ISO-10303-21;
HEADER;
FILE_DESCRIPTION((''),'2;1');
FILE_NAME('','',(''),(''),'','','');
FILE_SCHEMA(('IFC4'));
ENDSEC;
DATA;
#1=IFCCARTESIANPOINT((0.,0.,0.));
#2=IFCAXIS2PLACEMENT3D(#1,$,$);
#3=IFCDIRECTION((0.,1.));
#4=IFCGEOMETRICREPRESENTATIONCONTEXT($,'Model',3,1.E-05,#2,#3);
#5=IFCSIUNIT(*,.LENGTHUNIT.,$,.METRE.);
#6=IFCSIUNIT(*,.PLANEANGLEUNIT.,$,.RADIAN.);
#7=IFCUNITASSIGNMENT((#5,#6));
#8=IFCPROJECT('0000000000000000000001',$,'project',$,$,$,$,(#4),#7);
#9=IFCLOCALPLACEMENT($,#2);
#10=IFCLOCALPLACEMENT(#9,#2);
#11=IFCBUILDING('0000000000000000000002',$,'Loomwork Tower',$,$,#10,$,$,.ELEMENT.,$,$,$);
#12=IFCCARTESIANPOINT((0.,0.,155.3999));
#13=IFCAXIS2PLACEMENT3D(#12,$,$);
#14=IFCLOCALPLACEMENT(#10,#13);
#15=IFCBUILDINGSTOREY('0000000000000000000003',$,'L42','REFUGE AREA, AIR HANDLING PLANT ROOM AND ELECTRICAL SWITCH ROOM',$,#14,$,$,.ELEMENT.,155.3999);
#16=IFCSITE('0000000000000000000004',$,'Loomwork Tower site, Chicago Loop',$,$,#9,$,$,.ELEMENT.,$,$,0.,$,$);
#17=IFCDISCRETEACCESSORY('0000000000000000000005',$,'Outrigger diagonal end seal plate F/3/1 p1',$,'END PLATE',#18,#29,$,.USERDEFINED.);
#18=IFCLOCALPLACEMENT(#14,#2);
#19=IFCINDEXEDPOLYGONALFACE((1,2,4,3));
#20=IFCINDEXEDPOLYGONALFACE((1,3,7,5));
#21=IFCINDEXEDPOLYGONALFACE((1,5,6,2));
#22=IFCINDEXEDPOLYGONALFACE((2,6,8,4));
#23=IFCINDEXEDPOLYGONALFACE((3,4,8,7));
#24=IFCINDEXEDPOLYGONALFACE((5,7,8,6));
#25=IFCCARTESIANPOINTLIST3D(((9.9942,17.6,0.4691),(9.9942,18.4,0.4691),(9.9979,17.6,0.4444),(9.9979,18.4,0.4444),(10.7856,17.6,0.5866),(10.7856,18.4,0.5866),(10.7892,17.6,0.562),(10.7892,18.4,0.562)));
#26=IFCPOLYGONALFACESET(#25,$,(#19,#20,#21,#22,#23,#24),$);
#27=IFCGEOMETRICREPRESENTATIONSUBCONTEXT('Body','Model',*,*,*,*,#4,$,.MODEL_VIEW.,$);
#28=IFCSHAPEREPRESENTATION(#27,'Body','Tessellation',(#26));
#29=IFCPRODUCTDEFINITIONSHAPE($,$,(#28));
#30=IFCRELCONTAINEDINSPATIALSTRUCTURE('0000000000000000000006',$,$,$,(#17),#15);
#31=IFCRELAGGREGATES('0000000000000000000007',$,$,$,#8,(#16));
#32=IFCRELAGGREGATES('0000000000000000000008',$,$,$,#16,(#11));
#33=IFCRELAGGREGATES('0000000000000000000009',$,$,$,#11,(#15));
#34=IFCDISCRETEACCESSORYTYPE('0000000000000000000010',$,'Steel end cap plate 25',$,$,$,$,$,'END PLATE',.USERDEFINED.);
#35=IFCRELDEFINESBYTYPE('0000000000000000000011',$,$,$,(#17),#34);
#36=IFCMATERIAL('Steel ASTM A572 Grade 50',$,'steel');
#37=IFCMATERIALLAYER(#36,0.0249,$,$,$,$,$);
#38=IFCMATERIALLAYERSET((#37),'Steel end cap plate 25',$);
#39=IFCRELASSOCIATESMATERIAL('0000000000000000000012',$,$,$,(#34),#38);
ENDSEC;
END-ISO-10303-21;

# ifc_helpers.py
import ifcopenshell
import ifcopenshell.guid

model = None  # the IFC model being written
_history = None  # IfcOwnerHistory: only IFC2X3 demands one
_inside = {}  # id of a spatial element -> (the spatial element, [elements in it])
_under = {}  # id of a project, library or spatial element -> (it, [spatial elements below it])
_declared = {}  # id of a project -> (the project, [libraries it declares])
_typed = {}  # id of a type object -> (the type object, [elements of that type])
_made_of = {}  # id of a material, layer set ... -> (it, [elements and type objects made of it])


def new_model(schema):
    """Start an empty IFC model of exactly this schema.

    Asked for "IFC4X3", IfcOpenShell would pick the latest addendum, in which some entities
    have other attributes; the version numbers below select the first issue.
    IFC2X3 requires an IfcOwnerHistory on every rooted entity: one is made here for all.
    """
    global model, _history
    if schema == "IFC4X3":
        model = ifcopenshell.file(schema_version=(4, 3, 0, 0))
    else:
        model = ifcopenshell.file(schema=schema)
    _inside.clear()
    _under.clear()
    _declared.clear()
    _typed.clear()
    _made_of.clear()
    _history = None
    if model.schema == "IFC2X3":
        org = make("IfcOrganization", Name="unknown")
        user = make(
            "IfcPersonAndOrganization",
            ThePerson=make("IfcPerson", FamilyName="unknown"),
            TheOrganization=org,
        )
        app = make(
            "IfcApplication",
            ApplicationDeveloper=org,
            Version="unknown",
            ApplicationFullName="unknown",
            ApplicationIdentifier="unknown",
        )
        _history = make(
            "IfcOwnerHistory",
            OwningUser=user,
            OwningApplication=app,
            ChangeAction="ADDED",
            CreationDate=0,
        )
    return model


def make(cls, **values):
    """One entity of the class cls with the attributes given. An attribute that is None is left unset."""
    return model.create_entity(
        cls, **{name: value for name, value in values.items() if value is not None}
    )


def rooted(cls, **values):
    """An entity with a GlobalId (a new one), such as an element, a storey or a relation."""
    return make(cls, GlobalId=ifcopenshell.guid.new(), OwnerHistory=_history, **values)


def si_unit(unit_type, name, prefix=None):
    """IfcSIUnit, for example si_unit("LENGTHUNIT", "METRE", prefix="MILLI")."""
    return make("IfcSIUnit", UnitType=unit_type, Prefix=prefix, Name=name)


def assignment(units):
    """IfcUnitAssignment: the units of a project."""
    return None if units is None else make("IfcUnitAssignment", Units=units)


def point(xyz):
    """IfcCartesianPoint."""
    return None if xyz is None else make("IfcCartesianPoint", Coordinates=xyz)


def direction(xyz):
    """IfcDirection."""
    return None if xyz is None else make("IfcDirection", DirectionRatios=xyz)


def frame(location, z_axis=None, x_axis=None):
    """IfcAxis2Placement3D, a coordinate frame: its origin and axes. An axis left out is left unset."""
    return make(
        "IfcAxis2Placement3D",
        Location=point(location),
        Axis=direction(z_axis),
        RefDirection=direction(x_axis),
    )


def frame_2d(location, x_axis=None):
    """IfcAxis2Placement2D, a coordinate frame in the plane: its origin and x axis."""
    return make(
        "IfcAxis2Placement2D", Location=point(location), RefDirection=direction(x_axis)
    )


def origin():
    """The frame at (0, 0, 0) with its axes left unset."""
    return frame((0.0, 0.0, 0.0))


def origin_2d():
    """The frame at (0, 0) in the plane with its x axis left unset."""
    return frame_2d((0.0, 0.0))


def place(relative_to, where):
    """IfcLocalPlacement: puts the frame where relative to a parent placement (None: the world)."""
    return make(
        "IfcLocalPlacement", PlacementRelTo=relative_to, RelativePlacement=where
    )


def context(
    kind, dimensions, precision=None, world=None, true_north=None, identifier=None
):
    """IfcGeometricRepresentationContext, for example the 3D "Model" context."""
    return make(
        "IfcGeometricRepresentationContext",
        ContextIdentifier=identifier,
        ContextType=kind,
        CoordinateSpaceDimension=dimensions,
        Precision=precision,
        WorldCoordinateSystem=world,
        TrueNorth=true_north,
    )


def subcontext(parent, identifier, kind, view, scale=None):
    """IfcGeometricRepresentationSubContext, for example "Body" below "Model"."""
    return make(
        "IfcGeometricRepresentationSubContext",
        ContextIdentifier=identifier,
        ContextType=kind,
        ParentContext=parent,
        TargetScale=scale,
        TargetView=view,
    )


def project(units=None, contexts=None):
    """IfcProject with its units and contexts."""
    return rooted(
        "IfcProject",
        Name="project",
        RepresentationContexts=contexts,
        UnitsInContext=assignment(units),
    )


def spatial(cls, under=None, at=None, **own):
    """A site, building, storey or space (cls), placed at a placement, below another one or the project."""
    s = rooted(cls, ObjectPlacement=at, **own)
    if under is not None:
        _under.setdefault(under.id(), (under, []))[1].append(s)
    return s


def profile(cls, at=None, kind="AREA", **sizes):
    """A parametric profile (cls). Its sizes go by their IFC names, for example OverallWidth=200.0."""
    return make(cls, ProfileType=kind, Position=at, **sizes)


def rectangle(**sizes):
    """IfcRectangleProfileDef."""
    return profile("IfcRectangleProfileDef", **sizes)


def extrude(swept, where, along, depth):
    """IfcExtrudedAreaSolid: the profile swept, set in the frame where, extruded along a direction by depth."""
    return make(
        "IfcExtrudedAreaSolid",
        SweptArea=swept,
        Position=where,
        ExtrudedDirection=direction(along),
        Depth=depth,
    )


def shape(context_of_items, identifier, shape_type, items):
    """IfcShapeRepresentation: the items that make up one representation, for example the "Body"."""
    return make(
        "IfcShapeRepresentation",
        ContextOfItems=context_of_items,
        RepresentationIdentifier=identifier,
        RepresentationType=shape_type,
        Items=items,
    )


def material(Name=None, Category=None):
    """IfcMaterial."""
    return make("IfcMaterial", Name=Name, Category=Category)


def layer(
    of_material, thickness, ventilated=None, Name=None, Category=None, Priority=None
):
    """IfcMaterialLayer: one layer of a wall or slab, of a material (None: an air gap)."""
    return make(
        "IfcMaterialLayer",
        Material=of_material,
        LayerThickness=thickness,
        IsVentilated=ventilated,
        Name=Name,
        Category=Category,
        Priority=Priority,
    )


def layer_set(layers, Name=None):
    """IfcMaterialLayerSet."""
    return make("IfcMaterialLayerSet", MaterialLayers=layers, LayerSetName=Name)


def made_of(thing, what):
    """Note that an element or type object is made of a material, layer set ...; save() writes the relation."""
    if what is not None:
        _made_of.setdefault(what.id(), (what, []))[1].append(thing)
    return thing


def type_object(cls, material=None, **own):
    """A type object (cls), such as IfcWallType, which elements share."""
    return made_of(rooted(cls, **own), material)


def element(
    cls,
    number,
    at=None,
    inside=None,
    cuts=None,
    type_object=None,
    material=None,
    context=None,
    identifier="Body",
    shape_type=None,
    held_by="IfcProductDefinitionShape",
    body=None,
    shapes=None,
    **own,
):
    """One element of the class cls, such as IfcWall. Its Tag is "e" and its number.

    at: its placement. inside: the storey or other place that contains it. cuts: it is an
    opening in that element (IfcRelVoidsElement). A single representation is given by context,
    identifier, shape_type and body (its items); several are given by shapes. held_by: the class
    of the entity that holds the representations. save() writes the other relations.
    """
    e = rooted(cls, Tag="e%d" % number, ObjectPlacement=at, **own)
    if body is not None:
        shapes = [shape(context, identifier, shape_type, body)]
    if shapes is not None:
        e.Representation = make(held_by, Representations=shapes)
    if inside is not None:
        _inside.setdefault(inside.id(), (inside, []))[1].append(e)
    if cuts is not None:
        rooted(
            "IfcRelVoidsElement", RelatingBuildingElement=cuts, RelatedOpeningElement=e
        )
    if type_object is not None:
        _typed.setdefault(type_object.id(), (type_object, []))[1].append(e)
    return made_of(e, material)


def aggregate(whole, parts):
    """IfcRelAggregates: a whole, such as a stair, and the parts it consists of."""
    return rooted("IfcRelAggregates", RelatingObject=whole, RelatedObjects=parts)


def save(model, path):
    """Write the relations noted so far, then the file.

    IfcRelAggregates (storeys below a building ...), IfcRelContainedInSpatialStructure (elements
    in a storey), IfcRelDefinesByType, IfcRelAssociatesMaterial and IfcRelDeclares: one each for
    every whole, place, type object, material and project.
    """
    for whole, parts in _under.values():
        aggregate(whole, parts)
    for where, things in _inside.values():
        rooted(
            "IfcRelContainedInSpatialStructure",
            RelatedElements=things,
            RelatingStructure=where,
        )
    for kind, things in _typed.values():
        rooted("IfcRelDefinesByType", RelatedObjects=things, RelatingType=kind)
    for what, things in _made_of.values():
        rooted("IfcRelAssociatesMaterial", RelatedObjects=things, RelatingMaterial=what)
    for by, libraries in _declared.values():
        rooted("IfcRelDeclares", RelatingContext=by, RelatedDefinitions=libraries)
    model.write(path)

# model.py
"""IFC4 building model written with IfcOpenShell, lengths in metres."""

from ifc_helpers import new_model, si_unit, direction, frame, origin, origin_2d, place, context, subcontext, project, spatial, rectangle, extrude, material, layer, layer_set, type_object, element, save


model = new_model("IFC4")

# Units and contexts
model_context = context("Model", 3, precision=1e-05, world=origin(), true_north=direction((0.0, 1.0)))
body_context = subcontext(model_context, "Body", "Model", "MODEL_VIEW")
ifc_project = project(units=[si_unit("LENGTHUNIT", "METRE"), si_unit("PLANEANGLEUNIT", "RADIAN")], contexts=[model_context])

# Site, building, storey
site_placement = place(None, origin())
site = spatial("IfcSite", under=ifc_project, at=site_placement, Name="Loomwork Tower site, Chicago Loop", CompositionType="ELEMENT", RefElevation=0.0)
building_placement = place(site_placement, origin())
building = spatial("IfcBuilding", under=site, at=building_placement, Name="Loomwork Tower", CompositionType="ELEMENT")
storey_placement = place(building_placement, frame((0.0, 0.0, 155.3999)))
storey = spatial("IfcBuildingStorey", under=building, at=storey_placement, Name="L42", Description="REFUGE AREA, AIR HANDLING PLANT ROOM AND ELECTRICAL SWITCH ROOM", CompositionType="ELEMENT", Elevation=155.3999)

# Discrete accessory
ifc_material_1 = material(Name="Steel ASTM A572 Grade 50", Category="steel")
ifc_layer_1 = layer(ifc_material_1, 0.0249)
ifc_layer_set_1 = layer_set([ifc_layer_1], Name="Steel end cap plate 25")
discrete_accessory_type_1 = type_object("IfcDiscreteAccessoryType", Name="Steel end cap plate 25", ElementType="END PLATE", PredefinedType="USERDEFINED", material=ifc_layer_set_1)
for number, where, z_axis, x_axis, name in (
    (1, (10.3899, 18.0, 0.5278), (0.146904, 0.0, -0.989151), (0.0, 1.0, 0.0), "Outrigger diagonal end seal plate F/3/1 p1"),
):
    element("IfcDiscreteAccessory", number, at=place(storey_placement, frame(where, z_axis=z_axis, x_axis=x_axis)), inside=storey, type_object=discrete_accessory_type_1, Name=name, ObjectType="END PLATE", PredefinedType="USERDEFINED", context=body_context, shape_type="SweptSolid", body=[
        extrude(rectangle(XDim=0.8, YDim=0.8, at=origin_2d()), origin(), (0.0, 0.0, 1.0), 0.0249),
    ])

save(model, "model.ifc")
